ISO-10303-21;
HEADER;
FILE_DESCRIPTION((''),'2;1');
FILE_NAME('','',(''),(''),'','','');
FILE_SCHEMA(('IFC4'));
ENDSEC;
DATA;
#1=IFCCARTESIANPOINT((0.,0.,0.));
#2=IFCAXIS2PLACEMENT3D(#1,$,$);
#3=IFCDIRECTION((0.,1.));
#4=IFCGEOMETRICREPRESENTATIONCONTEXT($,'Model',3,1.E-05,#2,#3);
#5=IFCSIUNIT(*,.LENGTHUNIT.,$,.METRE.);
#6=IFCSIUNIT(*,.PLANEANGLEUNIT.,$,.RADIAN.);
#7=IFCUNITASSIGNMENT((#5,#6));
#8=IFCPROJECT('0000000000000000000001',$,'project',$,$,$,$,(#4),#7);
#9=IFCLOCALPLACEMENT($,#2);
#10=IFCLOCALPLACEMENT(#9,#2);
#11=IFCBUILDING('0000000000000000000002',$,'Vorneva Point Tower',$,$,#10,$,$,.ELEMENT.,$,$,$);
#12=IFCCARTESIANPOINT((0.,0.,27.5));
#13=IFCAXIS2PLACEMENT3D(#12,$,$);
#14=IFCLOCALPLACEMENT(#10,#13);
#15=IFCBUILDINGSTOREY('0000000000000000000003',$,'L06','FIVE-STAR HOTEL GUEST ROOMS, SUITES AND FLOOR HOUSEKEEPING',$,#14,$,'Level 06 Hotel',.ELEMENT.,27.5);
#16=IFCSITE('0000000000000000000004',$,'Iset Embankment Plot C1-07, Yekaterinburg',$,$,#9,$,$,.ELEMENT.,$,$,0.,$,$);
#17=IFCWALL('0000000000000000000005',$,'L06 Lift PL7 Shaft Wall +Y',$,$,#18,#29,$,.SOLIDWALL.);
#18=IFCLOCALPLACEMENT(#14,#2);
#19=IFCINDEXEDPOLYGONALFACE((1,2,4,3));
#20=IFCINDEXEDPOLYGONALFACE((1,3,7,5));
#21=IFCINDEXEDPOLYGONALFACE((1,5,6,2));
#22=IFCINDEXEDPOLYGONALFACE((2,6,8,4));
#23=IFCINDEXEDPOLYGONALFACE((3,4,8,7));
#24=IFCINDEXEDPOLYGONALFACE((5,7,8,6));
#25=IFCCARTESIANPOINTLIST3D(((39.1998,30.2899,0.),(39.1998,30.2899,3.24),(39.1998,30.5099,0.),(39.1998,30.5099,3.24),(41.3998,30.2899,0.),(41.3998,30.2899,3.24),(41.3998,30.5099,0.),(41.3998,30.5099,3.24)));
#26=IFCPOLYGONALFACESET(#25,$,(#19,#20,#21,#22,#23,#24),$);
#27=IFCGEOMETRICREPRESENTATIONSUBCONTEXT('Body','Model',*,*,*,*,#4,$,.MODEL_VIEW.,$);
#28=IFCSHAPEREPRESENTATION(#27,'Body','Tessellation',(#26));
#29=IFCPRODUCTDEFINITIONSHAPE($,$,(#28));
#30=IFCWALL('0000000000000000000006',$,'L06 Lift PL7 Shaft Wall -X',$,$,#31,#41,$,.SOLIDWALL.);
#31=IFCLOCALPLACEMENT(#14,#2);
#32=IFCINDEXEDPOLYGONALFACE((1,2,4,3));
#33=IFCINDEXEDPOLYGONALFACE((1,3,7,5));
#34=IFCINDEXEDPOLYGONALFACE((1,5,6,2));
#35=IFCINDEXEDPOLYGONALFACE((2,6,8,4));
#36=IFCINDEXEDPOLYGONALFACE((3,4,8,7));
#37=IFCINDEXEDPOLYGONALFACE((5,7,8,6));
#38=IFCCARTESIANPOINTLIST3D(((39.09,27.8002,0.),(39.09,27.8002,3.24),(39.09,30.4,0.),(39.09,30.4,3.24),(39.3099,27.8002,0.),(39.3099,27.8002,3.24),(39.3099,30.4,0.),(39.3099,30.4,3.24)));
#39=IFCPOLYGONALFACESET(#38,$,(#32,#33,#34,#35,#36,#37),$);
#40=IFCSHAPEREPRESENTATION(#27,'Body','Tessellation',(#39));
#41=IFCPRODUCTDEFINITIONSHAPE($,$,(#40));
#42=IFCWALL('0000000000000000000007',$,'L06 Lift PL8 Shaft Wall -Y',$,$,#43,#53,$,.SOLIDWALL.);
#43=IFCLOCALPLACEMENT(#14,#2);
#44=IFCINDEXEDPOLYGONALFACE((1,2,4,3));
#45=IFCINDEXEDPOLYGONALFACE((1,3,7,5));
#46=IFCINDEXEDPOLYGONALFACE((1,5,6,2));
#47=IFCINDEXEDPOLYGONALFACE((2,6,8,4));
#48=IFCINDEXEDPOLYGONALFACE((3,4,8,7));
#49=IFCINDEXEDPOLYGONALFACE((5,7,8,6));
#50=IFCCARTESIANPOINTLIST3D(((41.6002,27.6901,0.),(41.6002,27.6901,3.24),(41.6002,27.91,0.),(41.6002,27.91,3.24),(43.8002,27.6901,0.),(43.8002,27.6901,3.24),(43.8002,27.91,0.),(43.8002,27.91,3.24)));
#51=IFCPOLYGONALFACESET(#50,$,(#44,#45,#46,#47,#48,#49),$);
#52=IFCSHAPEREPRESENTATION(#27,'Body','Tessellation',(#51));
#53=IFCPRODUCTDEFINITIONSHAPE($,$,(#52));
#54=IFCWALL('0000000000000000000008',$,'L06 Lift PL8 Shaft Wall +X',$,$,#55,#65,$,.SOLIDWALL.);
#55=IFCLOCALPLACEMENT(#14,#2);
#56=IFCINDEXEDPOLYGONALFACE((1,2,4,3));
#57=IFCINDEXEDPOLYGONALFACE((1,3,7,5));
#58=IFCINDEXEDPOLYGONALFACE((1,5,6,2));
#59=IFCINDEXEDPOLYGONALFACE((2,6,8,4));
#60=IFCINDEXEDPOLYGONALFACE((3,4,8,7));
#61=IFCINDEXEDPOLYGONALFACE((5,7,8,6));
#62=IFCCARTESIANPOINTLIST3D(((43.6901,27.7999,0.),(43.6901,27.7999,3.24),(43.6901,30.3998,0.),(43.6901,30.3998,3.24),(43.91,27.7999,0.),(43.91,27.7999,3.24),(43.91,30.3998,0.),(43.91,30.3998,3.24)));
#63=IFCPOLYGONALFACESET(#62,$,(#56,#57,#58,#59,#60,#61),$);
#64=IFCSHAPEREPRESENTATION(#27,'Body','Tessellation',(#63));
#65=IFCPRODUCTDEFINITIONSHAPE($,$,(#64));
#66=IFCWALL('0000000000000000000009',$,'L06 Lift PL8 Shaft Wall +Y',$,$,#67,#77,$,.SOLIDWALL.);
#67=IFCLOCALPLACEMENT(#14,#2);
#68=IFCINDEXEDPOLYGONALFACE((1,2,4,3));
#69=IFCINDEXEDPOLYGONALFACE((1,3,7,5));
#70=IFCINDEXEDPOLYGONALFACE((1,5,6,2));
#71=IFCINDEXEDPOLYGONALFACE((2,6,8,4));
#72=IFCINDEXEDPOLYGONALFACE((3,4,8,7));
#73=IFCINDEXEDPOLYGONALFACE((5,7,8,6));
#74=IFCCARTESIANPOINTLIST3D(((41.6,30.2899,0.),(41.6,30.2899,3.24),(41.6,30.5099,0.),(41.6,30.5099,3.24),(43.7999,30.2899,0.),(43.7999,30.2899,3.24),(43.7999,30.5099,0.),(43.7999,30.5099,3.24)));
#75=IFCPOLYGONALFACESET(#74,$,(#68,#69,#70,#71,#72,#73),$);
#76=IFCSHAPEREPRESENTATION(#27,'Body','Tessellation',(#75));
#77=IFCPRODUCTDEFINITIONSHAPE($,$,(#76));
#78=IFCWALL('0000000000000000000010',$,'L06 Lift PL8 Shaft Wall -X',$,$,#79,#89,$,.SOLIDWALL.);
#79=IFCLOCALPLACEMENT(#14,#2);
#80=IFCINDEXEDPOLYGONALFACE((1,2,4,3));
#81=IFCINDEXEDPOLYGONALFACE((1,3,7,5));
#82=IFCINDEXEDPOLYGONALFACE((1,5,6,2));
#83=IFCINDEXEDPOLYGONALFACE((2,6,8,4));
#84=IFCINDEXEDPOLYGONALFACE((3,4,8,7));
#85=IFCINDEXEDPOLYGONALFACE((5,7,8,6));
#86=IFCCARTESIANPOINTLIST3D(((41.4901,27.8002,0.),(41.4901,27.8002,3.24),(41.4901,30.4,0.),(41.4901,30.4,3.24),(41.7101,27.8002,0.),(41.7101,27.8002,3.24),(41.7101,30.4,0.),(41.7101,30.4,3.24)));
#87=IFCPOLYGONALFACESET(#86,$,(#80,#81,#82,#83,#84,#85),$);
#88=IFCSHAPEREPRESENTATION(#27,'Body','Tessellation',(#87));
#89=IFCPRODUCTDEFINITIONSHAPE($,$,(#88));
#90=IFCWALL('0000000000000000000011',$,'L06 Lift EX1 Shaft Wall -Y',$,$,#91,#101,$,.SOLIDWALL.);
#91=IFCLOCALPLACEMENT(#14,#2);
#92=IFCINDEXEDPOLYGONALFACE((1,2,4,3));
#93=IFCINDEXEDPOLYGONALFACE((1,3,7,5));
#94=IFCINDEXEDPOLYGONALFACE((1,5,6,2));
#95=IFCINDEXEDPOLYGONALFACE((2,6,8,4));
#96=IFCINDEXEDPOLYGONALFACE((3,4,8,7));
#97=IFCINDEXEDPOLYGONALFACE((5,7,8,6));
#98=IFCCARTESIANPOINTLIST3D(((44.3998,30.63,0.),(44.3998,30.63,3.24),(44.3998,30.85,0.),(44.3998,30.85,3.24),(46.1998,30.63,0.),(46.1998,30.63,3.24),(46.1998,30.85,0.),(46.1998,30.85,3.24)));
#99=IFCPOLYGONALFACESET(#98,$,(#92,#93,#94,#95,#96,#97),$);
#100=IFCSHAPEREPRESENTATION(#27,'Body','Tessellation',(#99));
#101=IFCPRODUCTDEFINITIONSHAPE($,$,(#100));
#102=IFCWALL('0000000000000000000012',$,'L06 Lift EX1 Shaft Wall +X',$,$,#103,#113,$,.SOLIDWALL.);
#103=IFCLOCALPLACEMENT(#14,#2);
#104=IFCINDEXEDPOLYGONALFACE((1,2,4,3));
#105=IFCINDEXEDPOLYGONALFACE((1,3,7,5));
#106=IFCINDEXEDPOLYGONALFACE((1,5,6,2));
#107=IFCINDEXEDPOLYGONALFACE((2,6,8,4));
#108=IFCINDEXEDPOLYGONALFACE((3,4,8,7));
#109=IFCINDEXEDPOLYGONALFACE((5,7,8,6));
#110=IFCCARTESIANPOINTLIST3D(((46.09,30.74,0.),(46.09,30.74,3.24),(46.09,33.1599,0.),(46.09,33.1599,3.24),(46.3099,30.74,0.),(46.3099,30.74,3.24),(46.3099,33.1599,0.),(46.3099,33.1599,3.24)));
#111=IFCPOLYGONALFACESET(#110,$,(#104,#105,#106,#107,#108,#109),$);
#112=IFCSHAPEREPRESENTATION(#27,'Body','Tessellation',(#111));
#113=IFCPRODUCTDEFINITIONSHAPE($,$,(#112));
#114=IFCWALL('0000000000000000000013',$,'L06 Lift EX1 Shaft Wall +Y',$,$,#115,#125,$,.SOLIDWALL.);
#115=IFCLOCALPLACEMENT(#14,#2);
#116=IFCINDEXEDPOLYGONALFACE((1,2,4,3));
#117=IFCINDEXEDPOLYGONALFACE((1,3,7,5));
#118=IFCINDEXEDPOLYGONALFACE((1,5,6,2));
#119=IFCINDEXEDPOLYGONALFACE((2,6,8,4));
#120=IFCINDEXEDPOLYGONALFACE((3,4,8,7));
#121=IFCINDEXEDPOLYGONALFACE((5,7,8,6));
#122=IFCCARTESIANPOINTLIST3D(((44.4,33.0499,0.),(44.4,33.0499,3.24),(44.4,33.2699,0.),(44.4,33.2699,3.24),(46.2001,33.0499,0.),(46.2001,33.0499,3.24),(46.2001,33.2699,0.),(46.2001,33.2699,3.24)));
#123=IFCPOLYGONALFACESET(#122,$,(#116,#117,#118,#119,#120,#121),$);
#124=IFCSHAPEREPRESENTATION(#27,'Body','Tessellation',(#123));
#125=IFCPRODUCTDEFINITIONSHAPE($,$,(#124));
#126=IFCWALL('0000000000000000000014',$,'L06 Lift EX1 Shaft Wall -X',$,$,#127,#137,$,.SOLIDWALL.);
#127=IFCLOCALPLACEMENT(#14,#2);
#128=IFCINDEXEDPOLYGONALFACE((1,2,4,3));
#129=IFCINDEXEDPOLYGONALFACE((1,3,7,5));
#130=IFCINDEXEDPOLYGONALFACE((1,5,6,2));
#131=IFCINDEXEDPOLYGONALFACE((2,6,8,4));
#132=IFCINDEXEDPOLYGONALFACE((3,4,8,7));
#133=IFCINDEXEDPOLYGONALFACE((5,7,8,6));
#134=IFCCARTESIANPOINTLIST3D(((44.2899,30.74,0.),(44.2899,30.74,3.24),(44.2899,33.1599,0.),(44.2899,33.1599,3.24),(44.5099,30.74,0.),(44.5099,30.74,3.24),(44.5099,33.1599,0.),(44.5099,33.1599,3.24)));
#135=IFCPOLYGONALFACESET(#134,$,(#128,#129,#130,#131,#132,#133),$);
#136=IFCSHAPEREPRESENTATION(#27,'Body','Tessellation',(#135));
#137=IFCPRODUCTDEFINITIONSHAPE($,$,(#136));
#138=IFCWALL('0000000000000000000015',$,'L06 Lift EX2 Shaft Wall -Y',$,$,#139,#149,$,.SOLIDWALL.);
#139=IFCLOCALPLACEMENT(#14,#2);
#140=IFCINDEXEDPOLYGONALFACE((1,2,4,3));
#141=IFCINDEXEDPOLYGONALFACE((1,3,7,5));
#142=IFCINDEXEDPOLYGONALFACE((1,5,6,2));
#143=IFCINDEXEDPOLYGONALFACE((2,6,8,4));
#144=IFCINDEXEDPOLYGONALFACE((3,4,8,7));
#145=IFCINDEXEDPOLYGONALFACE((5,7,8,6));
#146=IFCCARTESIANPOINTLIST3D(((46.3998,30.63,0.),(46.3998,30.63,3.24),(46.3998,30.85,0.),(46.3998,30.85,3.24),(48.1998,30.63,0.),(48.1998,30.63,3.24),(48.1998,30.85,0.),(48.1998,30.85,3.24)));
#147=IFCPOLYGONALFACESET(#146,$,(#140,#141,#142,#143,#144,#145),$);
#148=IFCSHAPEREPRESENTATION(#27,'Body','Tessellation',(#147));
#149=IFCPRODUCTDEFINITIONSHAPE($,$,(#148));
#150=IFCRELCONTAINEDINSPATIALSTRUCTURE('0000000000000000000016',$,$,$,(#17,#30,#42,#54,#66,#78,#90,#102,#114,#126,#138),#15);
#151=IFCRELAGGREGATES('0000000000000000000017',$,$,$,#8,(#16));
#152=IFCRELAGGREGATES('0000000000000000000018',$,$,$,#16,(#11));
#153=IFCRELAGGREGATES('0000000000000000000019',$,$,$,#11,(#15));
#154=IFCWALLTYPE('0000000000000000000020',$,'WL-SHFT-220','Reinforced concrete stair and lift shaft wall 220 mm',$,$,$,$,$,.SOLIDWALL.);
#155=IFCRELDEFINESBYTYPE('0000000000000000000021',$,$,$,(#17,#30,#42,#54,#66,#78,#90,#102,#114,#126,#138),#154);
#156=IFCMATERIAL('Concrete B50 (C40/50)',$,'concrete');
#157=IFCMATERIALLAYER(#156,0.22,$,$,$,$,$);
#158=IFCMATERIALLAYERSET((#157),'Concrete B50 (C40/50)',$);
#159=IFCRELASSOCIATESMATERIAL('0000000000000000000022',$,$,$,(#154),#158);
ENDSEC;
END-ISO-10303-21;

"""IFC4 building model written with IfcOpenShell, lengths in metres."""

from ifc_helpers import new_model, si_unit, direction, frame, frame_2d, origin, place, context, subcontext, project, spatial, rectangle, extrude, material, layer, layer_set, type_object, element, save


model = new_model("IFC4")

# Units and contexts
model_context = context("Model", 3, precision=1e-05, world=origin(), true_north=direction((0.0, 1.0)))
body_context = subcontext(model_context, "Body", "Model", "MODEL_VIEW")
ifc_project = project(units=[si_unit("LENGTHUNIT", "METRE"), si_unit("PLANEANGLEUNIT", "RADIAN")], contexts=[model_context])

# Site, building, storey
site_placement = place(None, origin())
site = spatial("IfcSite", under=ifc_project, at=site_placement, Name="Iset Embankment Plot C1-07, Yekaterinburg", CompositionType="ELEMENT", RefElevation=0.0)
building_placement = place(site_placement, origin())
building = spatial("IfcBuilding", under=site, at=building_placement, Name="Vorneva Point Tower", CompositionType="ELEMENT")
storey_placement = place(building_placement, frame((0.0, 0.0, 27.5)))
storey = spatial("IfcBuildingStorey", under=building, at=storey_placement, Name="L06", Description="FIVE-STAR HOTEL GUEST ROOMS, SUITES AND FLOOR HOUSEKEEPING", LongName="Level 06 Hotel", CompositionType="ELEMENT", Elevation=27.5)

# Walls
ifc_material_1 = material(Name="Concrete B50 (C40/50)", Category="concrete")
ifc_layer_1 = layer(ifc_material_1, 0.22)
ifc_layer_set_1 = layer_set([ifc_layer_1], Name="Concrete B50 (C40/50)")
wall_type_1 = type_object("IfcWallType", Name="WL-SHFT-220", Description="Reinforced concrete stair and lift shaft wall 220 mm", PredefinedType="SOLIDWALL", material=ifc_layer_set_1)
wall_1_placement = place(storey_placement, frame((41.3999, 30.3999, 0.0), z_axis=(0.0, 0.0, 1.0), x_axis=(-1.0, 0.0, 0.0)))
element("IfcWall", 1, at=wall_1_placement, inside=storey, type_object=wall_type_1, Name="L06 Lift PL7 Shaft Wall +Y", PredefinedType="SOLIDWALL", context=body_context, shape_type="SweptSolid", body=[
    extrude(rectangle(XDim=2.2, YDim=0.22, at=frame_2d((1.1001, 0.0))), origin(), (0.0, 0.0, 1.0), 3.24),
])
wall_2_placement = place(storey_placement, frame((39.2, 30.3999, 0.0), z_axis=(0.0, 0.0, 1.0), x_axis=(0.0, -1.0, 0.0)))
element("IfcWall", 2, at=wall_2_placement, inside=storey, type_object=wall_type_1, Name="L06 Lift PL7 Shaft Wall -X", PredefinedType="SOLIDWALL", context=body_context, shape_type="SweptSolid", body=[
    extrude(rectangle(XDim=2.5999, YDim=0.22, at=frame_2d((1.2998, 0.0))), origin(), (0.0, 0.0, 1.0), 3.24),
])
wall_3_placement = place(storey_placement, frame((41.6001, 27.8, 0.0), z_axis=(0.0, 0.0, 1.0), x_axis=(1.0, 0.0, 0.0)))
element("IfcWall", 3, at=wall_3_placement, inside=storey, type_object=wall_type_1, Name="L06 Lift PL8 Shaft Wall -Y", PredefinedType="SOLIDWALL", context=body_context, shape_type="SweptSolid", body=[
    extrude(rectangle(XDim=2.2, YDim=0.22, at=frame_2d((1.1001, 0.0))), origin(), (0.0, 0.0, 1.0), 3.24),
])
wall_4_placement = place(storey_placement, frame((43.8, 27.8, 0.0), z_axis=(0.0, 0.0, 1.0), x_axis=(0.0, 1.0, 0.0)))
element("IfcWall", 4, at=wall_4_placement, inside=storey, type_object=wall_type_1, Name="L06 Lift PL8 Shaft Wall +X", PredefinedType="SOLIDWALL", context=body_context, shape_type="SweptSolid", body=[
    extrude(rectangle(XDim=2.5999, YDim=0.22, at=frame_2d((1.2998, 0.0))), origin(), (0.0, 0.0, 1.0), 3.24),
])
wall_5_placement = place(storey_placement, frame((43.8, 30.3999, 0.0), z_axis=(0.0, 0.0, 1.0), x_axis=(-1.0, 0.0, 0.0)))
element("IfcWall", 5, at=wall_5_placement, inside=storey, type_object=wall_type_1, Name="L06 Lift PL8 Shaft Wall +Y", PredefinedType="SOLIDWALL", context=body_context, shape_type="SweptSolid", body=[
    extrude(rectangle(XDim=2.2, YDim=0.22, at=frame_2d((1.1001, 0.0))), origin(), (0.0, 0.0, 1.0), 3.24),
])
wall_6_placement = place(storey_placement, frame((41.6001, 30.3999, 0.0), z_axis=(0.0, 0.0, 1.0), x_axis=(0.0, -1.0, 0.0)))
element("IfcWall", 6, at=wall_6_placement, inside=storey, type_object=wall_type_1, Name="L06 Lift PL8 Shaft Wall -X", PredefinedType="SOLIDWALL", context=body_context, shape_type="SweptSolid", body=[
    extrude(rectangle(XDim=2.5999, YDim=0.22, at=frame_2d((1.2998, 0.0))), origin(), (0.0, 0.0, 1.0), 3.24),
])
wall_7_placement = place(storey_placement, frame((44.3999, 30.74, 0.0), z_axis=(0.0, 0.0, 1.0), x_axis=(1.0, 0.0, 0.0)))
element("IfcWall", 7, at=wall_7_placement, inside=storey, type_object=wall_type_1, Name="L06 Lift EX1 Shaft Wall -Y", PredefinedType="SOLIDWALL", context=body_context, shape_type="SweptSolid", body=[
    extrude(rectangle(XDim=1.8, YDim=0.22, at=frame_2d((0.8999, 0.0))), origin(), (0.0, 0.0, 1.0), 3.24),
])
wall_8_placement = place(storey_placement, frame((46.2, 30.74, 0.0), z_axis=(0.0, 0.0, 1.0), x_axis=(0.0, 1.0, 0.0)))
element("IfcWall", 8, at=wall_8_placement, inside=storey, type_object=wall_type_1, Name="L06 Lift EX1 Shaft Wall +X", PredefinedType="SOLIDWALL", context=body_context, shape_type="SweptSolid", body=[
    extrude(rectangle(XDim=2.4199, YDim=0.22, at=frame_2d((1.21, 0.0))), origin(), (0.0, 0.0, 1.0), 3.24),
])
wall_9_placement = place(storey_placement, frame((46.2, 33.1599, 0.0), z_axis=(0.0, 0.0, 1.0), x_axis=(-1.0, 0.0, 0.0)))
element("IfcWall", 9, at=wall_9_placement, inside=storey, type_object=wall_type_1, Name="L06 Lift EX1 Shaft Wall +Y", PredefinedType="SOLIDWALL", context=body_context, shape_type="SweptSolid", body=[
    extrude(rectangle(XDim=1.8, YDim=0.22, at=frame_2d((0.8999, 0.0))), origin(), (0.0, 0.0, 1.0), 3.24),
])
wall_10_placement = place(storey_placement, frame((44.3999, 33.1599, 0.0), z_axis=(0.0, 0.0, 1.0), x_axis=(0.0, -1.0, 0.0)))
element("IfcWall", 10, at=wall_10_placement, inside=storey, type_object=wall_type_1, Name="L06 Lift EX1 Shaft Wall -X", PredefinedType="SOLIDWALL", context=body_context, shape_type="SweptSolid", body=[
    extrude(rectangle(XDim=2.4199, YDim=0.22, at=frame_2d((1.21, 0.0))), origin(), (0.0, 0.0, 1.0), 3.24),
])
wall_11_placement = place(storey_placement, frame((46.3999, 30.74, 0.0), z_axis=(0.0, 0.0, 1.0), x_axis=(1.0, 0.0, 0.0)))
element("IfcWall", 11, at=wall_11_placement, inside=storey, type_object=wall_type_1, Name="L06 Lift EX2 Shaft Wall -Y", PredefinedType="SOLIDWALL", context=body_context, shape_type="SweptSolid", body=[
    extrude(rectangle(XDim=1.8, YDim=0.22, at=frame_2d((0.8999, 0.0))), origin(), (0.0, 0.0, 1.0), 3.24),
])

save(model, "model.ifc")
